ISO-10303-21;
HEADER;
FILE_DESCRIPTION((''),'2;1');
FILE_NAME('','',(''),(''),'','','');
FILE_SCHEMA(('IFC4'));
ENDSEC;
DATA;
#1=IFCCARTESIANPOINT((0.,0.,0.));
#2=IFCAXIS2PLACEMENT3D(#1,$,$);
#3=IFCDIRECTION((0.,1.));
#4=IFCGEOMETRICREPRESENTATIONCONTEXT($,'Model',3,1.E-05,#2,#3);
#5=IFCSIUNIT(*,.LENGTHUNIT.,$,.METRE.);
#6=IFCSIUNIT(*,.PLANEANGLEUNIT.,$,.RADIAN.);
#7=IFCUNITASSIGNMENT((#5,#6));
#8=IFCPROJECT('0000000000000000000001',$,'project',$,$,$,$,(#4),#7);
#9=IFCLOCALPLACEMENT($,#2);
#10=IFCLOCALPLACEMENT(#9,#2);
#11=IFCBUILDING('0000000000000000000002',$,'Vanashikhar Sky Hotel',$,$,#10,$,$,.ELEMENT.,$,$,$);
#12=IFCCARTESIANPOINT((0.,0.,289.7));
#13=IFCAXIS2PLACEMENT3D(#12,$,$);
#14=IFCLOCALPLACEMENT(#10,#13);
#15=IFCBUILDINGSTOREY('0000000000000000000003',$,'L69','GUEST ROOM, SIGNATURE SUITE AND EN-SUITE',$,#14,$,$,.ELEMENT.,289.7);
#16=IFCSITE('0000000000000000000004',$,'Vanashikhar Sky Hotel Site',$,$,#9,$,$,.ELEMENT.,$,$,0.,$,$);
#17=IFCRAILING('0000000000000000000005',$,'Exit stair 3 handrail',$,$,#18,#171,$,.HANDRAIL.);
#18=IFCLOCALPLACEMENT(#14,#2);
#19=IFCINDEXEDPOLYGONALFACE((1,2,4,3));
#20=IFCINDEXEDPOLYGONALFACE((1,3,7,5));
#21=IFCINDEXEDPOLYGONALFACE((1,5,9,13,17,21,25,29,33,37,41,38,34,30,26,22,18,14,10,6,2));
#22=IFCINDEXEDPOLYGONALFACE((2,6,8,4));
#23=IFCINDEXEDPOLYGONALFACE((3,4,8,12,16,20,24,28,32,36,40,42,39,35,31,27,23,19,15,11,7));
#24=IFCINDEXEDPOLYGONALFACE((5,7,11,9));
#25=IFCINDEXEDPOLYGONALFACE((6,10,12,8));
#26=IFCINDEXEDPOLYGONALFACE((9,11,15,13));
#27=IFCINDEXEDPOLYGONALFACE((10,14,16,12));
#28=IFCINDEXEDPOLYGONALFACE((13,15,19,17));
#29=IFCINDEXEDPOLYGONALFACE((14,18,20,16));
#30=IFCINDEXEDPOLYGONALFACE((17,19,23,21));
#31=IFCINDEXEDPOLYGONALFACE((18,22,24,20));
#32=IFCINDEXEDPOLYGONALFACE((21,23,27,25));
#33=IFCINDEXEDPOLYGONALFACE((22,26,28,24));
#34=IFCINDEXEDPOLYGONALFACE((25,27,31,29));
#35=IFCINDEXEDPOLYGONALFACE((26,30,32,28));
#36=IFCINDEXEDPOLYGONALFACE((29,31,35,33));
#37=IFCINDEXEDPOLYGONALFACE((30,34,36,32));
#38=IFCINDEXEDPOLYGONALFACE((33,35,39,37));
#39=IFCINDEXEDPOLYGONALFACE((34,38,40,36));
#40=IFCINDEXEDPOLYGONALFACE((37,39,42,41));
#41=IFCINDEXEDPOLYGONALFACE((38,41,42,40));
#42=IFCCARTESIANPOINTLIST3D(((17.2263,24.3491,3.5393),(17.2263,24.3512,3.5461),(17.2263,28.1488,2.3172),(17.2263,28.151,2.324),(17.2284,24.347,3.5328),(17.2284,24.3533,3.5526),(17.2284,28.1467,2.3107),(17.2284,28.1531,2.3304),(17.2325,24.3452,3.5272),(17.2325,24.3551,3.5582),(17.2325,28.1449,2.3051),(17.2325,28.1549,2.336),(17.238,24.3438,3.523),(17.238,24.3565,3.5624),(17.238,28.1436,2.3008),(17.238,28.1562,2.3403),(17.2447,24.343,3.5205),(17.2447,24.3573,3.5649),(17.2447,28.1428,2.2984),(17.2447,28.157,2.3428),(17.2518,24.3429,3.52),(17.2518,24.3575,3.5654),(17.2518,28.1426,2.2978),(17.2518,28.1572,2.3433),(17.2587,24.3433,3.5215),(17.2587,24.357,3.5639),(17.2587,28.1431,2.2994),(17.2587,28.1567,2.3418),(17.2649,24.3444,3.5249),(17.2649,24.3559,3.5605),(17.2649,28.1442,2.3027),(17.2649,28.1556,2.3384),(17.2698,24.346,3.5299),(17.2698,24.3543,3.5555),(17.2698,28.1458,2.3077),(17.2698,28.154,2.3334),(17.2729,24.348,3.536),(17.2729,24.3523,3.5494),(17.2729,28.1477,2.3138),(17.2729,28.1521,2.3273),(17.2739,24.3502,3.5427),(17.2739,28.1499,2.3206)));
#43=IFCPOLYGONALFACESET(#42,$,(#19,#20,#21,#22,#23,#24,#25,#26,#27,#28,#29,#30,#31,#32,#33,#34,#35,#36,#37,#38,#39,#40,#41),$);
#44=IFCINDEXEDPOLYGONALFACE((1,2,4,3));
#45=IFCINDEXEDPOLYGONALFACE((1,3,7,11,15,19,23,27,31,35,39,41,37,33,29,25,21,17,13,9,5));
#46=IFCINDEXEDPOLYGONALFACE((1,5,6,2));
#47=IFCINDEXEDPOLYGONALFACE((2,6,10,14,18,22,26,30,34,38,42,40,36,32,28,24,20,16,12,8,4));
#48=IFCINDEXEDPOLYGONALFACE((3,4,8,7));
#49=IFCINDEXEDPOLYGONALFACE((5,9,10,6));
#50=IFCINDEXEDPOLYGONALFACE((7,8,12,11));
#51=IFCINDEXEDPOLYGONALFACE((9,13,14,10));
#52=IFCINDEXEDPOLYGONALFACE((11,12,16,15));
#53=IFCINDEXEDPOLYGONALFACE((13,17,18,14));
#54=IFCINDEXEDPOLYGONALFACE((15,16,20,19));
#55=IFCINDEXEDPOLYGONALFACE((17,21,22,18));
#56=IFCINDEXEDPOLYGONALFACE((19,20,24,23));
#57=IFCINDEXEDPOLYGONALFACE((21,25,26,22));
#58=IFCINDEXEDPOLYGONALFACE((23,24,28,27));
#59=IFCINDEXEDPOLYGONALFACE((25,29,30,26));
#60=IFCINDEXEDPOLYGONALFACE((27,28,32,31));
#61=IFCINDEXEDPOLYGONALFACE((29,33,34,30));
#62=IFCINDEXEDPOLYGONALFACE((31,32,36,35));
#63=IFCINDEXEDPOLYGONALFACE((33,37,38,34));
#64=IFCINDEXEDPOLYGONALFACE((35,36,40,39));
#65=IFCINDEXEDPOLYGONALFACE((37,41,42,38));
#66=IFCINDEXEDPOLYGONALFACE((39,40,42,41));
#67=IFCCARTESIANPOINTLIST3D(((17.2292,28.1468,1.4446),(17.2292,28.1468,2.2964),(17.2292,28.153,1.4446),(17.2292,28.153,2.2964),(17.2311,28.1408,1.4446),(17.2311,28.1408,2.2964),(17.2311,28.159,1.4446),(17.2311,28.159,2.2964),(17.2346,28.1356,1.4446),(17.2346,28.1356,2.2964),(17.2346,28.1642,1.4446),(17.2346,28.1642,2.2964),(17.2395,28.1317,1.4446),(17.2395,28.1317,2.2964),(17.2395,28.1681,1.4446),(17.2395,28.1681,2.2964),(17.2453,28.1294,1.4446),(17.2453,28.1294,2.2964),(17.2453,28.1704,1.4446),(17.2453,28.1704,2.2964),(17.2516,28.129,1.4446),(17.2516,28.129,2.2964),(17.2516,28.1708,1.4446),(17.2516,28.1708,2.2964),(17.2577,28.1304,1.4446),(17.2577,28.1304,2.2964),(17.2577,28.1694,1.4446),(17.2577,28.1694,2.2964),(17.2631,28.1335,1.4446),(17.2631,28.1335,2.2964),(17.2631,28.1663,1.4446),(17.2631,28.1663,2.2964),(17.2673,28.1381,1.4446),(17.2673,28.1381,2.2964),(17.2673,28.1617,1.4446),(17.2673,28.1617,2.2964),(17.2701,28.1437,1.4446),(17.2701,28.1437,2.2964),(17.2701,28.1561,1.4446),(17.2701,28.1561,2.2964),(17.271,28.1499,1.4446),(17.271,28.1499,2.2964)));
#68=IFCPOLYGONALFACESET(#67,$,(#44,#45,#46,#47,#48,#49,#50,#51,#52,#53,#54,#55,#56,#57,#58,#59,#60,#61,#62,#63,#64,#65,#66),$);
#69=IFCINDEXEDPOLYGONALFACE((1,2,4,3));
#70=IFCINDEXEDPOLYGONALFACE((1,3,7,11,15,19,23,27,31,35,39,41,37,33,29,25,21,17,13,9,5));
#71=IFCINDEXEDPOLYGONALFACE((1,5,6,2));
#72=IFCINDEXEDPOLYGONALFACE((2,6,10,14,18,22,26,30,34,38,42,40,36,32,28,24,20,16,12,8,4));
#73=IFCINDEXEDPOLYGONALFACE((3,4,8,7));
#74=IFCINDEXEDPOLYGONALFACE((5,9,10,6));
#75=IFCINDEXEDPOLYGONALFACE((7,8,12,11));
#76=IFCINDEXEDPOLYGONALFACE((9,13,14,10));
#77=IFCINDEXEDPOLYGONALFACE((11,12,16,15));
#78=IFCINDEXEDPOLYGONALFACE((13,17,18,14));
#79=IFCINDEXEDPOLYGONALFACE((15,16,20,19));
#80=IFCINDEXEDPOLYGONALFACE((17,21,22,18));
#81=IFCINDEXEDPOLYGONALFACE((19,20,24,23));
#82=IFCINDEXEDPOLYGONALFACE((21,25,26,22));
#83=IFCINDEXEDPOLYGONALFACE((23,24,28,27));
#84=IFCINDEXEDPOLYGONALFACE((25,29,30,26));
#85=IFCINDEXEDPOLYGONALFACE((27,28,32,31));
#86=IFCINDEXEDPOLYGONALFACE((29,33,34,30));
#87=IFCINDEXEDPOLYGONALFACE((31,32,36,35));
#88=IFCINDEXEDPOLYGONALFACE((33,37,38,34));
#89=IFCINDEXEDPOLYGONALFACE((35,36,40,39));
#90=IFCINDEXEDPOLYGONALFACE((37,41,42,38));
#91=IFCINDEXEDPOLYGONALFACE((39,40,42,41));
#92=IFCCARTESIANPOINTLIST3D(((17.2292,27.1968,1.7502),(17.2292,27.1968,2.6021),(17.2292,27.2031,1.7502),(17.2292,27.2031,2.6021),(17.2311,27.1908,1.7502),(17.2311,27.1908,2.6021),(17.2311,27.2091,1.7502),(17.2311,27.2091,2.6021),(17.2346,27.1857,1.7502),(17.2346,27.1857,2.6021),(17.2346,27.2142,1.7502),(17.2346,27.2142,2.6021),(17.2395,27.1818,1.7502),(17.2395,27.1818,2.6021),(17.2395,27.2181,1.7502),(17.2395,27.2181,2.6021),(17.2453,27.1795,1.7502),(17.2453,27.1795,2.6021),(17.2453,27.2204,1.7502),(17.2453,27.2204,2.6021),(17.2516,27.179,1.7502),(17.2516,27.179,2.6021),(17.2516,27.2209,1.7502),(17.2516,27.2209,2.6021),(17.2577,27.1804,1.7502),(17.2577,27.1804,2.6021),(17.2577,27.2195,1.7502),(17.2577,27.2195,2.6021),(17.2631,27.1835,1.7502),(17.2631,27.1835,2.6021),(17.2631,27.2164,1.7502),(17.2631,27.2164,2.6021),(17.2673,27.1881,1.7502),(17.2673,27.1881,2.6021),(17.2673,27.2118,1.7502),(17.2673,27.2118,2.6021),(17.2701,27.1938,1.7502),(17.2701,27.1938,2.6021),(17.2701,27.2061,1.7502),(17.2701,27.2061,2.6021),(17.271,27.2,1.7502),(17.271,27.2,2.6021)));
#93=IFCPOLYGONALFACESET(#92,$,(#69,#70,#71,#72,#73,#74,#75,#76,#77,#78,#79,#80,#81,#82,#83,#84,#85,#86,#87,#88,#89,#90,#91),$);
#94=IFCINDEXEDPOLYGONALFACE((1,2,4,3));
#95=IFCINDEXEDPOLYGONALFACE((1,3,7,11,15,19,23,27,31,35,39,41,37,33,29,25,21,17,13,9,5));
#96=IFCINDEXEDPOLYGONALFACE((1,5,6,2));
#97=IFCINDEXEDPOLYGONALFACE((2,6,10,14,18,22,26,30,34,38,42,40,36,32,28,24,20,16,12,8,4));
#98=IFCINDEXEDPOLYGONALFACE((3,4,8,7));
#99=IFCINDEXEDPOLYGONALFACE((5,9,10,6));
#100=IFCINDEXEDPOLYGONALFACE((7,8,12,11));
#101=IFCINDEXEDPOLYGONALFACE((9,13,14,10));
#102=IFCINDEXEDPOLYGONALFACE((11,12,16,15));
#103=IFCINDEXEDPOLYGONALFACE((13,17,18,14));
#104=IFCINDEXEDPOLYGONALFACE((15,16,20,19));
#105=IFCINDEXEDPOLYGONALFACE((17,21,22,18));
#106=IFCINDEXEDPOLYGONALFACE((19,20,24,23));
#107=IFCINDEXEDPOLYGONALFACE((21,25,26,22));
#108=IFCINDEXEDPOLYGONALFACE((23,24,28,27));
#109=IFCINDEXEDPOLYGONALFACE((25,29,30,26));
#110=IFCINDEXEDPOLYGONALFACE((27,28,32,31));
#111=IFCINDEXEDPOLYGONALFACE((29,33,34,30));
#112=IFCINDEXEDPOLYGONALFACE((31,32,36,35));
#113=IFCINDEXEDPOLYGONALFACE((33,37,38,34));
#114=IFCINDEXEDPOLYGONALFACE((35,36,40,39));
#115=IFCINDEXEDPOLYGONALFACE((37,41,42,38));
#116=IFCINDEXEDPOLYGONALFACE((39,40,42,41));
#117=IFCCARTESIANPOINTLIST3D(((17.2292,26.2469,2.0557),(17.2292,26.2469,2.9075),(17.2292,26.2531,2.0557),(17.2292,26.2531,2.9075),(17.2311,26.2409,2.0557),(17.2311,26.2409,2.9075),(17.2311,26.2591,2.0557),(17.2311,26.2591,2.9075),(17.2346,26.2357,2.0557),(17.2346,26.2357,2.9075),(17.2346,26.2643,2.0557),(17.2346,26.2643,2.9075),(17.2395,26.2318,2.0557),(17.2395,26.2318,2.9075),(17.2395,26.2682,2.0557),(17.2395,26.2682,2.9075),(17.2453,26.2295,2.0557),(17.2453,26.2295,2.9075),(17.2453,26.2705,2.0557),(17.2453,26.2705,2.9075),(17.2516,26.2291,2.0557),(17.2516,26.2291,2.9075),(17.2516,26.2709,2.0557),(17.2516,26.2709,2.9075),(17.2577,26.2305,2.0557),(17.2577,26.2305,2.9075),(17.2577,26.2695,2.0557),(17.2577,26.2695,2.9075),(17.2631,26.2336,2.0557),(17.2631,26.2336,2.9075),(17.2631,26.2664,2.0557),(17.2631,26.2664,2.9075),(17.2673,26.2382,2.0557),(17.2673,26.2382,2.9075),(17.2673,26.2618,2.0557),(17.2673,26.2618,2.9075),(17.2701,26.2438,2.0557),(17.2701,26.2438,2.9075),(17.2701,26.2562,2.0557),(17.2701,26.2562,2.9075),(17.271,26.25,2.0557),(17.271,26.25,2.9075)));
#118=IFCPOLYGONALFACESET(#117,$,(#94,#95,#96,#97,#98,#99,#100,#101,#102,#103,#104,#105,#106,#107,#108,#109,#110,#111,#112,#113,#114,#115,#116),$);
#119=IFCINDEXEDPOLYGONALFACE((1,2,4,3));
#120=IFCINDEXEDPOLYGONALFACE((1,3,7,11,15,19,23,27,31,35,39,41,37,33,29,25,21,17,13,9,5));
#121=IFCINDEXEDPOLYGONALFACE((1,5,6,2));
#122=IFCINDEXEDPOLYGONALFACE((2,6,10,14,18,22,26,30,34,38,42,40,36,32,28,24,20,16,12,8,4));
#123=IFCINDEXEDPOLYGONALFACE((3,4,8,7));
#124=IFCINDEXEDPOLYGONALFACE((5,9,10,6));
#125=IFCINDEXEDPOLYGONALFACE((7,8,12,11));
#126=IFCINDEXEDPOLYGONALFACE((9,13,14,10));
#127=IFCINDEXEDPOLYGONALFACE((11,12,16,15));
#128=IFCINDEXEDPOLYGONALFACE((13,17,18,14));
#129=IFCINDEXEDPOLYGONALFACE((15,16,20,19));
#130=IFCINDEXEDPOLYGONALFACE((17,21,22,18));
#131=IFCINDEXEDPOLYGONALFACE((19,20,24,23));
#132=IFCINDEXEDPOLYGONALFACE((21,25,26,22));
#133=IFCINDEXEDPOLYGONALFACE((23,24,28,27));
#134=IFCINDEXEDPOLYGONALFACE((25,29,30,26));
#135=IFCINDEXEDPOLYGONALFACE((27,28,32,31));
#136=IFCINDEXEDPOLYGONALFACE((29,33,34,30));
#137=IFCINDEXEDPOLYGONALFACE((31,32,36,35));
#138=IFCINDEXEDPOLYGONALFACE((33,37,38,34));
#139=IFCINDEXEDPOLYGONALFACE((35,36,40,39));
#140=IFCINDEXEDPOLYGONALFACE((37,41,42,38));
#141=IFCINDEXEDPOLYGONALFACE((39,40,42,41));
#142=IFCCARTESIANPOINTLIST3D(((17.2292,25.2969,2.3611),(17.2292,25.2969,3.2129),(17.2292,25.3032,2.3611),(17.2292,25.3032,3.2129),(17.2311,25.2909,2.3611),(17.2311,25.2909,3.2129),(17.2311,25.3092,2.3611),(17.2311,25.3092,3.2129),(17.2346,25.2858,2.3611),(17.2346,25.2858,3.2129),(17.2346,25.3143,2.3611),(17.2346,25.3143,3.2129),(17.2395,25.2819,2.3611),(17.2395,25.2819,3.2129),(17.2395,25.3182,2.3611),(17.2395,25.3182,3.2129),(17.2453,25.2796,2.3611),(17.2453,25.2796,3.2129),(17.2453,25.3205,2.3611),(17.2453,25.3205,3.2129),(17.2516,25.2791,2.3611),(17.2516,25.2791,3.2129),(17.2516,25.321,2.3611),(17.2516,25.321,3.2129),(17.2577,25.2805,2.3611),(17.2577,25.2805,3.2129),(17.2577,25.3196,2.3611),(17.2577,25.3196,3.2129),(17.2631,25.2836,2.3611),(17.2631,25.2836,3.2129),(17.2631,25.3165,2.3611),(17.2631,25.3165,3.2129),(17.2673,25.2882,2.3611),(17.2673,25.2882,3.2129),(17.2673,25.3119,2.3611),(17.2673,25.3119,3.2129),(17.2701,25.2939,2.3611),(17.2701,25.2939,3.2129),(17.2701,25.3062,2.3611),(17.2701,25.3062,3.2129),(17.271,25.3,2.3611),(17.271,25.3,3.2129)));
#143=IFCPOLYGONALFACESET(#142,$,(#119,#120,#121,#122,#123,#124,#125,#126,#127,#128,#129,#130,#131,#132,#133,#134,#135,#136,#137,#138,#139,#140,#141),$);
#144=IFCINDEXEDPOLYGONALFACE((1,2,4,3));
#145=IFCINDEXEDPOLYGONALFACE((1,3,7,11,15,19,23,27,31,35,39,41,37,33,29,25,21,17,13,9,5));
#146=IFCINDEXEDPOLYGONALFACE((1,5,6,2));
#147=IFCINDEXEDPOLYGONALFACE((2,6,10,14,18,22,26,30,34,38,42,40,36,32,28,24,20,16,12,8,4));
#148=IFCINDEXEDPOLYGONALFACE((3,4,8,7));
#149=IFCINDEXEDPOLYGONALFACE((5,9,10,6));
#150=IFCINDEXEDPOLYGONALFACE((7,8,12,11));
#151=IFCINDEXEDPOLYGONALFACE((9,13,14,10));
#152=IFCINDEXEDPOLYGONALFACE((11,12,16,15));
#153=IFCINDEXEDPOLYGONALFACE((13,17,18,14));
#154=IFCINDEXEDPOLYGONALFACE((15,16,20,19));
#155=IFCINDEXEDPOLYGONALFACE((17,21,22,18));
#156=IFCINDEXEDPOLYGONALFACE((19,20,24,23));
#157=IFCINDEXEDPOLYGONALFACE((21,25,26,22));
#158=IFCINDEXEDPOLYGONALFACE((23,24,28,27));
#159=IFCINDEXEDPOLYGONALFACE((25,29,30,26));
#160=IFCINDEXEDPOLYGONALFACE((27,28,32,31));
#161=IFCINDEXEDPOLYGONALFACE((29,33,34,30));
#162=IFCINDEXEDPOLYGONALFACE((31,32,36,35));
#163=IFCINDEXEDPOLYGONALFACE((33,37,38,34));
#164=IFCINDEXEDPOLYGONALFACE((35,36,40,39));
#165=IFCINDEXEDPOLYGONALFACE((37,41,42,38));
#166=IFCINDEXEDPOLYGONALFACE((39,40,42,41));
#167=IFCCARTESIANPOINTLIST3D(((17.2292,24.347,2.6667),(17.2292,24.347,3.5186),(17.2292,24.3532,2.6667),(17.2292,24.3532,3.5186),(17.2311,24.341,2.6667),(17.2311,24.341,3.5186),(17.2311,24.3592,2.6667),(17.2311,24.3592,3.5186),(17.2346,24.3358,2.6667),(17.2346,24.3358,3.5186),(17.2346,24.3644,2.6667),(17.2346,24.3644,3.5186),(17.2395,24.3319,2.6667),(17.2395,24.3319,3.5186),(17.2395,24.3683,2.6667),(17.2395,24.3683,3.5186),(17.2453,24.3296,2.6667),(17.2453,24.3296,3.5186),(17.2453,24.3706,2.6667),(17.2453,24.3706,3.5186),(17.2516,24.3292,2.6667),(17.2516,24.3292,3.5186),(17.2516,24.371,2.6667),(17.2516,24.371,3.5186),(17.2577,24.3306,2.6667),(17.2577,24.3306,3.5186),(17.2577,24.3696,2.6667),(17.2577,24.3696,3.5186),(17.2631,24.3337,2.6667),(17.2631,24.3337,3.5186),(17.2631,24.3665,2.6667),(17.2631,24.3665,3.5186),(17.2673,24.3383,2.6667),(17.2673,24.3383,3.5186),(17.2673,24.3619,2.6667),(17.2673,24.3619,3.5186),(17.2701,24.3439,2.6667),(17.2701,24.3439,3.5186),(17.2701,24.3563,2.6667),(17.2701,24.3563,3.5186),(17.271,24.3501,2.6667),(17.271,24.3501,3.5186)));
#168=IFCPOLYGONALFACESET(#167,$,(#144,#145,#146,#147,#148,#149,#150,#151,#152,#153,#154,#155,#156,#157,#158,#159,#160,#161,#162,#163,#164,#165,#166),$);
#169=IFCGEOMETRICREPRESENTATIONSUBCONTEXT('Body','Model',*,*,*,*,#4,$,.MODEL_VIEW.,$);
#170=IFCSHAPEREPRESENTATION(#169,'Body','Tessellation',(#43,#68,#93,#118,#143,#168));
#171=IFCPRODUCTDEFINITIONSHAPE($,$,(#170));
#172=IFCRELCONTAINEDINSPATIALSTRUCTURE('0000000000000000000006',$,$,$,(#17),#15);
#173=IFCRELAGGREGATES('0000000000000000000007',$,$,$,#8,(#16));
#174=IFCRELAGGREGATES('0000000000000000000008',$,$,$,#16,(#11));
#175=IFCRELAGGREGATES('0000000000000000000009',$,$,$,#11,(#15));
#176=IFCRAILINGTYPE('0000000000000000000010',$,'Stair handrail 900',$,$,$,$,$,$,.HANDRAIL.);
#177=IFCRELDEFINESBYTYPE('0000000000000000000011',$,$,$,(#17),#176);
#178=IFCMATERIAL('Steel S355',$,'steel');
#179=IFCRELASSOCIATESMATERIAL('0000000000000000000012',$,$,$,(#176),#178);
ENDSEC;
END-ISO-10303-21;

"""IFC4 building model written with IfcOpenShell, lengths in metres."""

from ifc_helpers import new_model, si_unit, direction, frame, origin, origin_2d, place, context, subcontext, project, spatial, circle, extrude, source, transform, mapped, material, type_object, element, save


model = new_model("IFC4")

# Units and contexts
model_context = context("Model", 3, precision=1e-05, world=origin(), true_north=direction((0.0, 1.0)))
body_context = subcontext(model_context, "Body", "Model", "MODEL_VIEW")
ifc_project = project(units=[si_unit("LENGTHUNIT", "METRE"), si_unit("PLANEANGLEUNIT", "RADIAN")], contexts=[model_context])

# Site, building, storey
site_placement = place(None, origin())
site = spatial("IfcSite", under=ifc_project, at=site_placement, Name="Vanashikhar Sky Hotel Site", CompositionType="ELEMENT", RefElevation=0.0)
building_placement = place(site_placement, origin())
building = spatial("IfcBuilding", under=site, at=building_placement, Name="Vanashikhar Sky Hotel", CompositionType="ELEMENT")
storey_placement = place(building_placement, frame((0.0, 0.0, 289.7)))
storey = spatial("IfcBuildingStorey", under=building, at=storey_placement, Name="L69", Description="GUEST ROOM, SIGNATURE SUITE AND EN-SUITE", CompositionType="ELEMENT", Elevation=289.7)

# Railing
ifc_material_1 = material(Name="Steel S355", Category="steel")
railing_type_1 = type_object("IfcRailingType", Name="Stair handrail 900", PredefinedType="HANDRAIL", material=ifc_material_1)
shared_shape_1 = source(origin(), body_context, "Body", "SweptSolid", [
    extrude(circle(Radius=0.0239, at=origin_2d()), frame((0.0, 0.0, 0.876), z_axis=(0.0, -0.95197, 0.306191), x_axis=(1.0, 0.0, 0.0)), (0.0, 0.0, 1.0), 3.9915),
    extrude(circle(Radius=0.021, at=origin_2d()), origin(), (0.0, 0.0, 1.0), 0.8518),
    extrude(circle(Radius=0.021, at=origin_2d()), frame((0.0, -0.95, 0.3057)), (0.0, 0.0, 1.0), 0.8518),
    extrude(circle(Radius=0.021, at=origin_2d()), frame((0.0, -1.8999, 0.6111)), (0.0, 0.0, 1.0), 0.8518),
    extrude(circle(Radius=0.021, at=origin_2d()), frame((0.0, -2.8499, 0.9165)), (0.0, 0.0, 1.0), 0.8518),
    extrude(circle(Radius=0.021, at=origin_2d()), frame((0.0, -3.7998, 1.2222)), (0.0, 0.0, 1.0), 0.8518),
])
railing_1_placement = place(storey_placement, frame((17.25, 28.1499, 1.4446)))
element("IfcRailing", 1, at=railing_1_placement, inside=storey, type_object=railing_type_1, Name="Exit stair 3 handrail", PredefinedType="HANDRAIL", context=body_context, shape_type="MappedRepresentation", body=[
    mapped(shared_shape_1, transform((0.0, 0.0, 0.0), scale=1.0)),
])

save(model, "model.ifc")
